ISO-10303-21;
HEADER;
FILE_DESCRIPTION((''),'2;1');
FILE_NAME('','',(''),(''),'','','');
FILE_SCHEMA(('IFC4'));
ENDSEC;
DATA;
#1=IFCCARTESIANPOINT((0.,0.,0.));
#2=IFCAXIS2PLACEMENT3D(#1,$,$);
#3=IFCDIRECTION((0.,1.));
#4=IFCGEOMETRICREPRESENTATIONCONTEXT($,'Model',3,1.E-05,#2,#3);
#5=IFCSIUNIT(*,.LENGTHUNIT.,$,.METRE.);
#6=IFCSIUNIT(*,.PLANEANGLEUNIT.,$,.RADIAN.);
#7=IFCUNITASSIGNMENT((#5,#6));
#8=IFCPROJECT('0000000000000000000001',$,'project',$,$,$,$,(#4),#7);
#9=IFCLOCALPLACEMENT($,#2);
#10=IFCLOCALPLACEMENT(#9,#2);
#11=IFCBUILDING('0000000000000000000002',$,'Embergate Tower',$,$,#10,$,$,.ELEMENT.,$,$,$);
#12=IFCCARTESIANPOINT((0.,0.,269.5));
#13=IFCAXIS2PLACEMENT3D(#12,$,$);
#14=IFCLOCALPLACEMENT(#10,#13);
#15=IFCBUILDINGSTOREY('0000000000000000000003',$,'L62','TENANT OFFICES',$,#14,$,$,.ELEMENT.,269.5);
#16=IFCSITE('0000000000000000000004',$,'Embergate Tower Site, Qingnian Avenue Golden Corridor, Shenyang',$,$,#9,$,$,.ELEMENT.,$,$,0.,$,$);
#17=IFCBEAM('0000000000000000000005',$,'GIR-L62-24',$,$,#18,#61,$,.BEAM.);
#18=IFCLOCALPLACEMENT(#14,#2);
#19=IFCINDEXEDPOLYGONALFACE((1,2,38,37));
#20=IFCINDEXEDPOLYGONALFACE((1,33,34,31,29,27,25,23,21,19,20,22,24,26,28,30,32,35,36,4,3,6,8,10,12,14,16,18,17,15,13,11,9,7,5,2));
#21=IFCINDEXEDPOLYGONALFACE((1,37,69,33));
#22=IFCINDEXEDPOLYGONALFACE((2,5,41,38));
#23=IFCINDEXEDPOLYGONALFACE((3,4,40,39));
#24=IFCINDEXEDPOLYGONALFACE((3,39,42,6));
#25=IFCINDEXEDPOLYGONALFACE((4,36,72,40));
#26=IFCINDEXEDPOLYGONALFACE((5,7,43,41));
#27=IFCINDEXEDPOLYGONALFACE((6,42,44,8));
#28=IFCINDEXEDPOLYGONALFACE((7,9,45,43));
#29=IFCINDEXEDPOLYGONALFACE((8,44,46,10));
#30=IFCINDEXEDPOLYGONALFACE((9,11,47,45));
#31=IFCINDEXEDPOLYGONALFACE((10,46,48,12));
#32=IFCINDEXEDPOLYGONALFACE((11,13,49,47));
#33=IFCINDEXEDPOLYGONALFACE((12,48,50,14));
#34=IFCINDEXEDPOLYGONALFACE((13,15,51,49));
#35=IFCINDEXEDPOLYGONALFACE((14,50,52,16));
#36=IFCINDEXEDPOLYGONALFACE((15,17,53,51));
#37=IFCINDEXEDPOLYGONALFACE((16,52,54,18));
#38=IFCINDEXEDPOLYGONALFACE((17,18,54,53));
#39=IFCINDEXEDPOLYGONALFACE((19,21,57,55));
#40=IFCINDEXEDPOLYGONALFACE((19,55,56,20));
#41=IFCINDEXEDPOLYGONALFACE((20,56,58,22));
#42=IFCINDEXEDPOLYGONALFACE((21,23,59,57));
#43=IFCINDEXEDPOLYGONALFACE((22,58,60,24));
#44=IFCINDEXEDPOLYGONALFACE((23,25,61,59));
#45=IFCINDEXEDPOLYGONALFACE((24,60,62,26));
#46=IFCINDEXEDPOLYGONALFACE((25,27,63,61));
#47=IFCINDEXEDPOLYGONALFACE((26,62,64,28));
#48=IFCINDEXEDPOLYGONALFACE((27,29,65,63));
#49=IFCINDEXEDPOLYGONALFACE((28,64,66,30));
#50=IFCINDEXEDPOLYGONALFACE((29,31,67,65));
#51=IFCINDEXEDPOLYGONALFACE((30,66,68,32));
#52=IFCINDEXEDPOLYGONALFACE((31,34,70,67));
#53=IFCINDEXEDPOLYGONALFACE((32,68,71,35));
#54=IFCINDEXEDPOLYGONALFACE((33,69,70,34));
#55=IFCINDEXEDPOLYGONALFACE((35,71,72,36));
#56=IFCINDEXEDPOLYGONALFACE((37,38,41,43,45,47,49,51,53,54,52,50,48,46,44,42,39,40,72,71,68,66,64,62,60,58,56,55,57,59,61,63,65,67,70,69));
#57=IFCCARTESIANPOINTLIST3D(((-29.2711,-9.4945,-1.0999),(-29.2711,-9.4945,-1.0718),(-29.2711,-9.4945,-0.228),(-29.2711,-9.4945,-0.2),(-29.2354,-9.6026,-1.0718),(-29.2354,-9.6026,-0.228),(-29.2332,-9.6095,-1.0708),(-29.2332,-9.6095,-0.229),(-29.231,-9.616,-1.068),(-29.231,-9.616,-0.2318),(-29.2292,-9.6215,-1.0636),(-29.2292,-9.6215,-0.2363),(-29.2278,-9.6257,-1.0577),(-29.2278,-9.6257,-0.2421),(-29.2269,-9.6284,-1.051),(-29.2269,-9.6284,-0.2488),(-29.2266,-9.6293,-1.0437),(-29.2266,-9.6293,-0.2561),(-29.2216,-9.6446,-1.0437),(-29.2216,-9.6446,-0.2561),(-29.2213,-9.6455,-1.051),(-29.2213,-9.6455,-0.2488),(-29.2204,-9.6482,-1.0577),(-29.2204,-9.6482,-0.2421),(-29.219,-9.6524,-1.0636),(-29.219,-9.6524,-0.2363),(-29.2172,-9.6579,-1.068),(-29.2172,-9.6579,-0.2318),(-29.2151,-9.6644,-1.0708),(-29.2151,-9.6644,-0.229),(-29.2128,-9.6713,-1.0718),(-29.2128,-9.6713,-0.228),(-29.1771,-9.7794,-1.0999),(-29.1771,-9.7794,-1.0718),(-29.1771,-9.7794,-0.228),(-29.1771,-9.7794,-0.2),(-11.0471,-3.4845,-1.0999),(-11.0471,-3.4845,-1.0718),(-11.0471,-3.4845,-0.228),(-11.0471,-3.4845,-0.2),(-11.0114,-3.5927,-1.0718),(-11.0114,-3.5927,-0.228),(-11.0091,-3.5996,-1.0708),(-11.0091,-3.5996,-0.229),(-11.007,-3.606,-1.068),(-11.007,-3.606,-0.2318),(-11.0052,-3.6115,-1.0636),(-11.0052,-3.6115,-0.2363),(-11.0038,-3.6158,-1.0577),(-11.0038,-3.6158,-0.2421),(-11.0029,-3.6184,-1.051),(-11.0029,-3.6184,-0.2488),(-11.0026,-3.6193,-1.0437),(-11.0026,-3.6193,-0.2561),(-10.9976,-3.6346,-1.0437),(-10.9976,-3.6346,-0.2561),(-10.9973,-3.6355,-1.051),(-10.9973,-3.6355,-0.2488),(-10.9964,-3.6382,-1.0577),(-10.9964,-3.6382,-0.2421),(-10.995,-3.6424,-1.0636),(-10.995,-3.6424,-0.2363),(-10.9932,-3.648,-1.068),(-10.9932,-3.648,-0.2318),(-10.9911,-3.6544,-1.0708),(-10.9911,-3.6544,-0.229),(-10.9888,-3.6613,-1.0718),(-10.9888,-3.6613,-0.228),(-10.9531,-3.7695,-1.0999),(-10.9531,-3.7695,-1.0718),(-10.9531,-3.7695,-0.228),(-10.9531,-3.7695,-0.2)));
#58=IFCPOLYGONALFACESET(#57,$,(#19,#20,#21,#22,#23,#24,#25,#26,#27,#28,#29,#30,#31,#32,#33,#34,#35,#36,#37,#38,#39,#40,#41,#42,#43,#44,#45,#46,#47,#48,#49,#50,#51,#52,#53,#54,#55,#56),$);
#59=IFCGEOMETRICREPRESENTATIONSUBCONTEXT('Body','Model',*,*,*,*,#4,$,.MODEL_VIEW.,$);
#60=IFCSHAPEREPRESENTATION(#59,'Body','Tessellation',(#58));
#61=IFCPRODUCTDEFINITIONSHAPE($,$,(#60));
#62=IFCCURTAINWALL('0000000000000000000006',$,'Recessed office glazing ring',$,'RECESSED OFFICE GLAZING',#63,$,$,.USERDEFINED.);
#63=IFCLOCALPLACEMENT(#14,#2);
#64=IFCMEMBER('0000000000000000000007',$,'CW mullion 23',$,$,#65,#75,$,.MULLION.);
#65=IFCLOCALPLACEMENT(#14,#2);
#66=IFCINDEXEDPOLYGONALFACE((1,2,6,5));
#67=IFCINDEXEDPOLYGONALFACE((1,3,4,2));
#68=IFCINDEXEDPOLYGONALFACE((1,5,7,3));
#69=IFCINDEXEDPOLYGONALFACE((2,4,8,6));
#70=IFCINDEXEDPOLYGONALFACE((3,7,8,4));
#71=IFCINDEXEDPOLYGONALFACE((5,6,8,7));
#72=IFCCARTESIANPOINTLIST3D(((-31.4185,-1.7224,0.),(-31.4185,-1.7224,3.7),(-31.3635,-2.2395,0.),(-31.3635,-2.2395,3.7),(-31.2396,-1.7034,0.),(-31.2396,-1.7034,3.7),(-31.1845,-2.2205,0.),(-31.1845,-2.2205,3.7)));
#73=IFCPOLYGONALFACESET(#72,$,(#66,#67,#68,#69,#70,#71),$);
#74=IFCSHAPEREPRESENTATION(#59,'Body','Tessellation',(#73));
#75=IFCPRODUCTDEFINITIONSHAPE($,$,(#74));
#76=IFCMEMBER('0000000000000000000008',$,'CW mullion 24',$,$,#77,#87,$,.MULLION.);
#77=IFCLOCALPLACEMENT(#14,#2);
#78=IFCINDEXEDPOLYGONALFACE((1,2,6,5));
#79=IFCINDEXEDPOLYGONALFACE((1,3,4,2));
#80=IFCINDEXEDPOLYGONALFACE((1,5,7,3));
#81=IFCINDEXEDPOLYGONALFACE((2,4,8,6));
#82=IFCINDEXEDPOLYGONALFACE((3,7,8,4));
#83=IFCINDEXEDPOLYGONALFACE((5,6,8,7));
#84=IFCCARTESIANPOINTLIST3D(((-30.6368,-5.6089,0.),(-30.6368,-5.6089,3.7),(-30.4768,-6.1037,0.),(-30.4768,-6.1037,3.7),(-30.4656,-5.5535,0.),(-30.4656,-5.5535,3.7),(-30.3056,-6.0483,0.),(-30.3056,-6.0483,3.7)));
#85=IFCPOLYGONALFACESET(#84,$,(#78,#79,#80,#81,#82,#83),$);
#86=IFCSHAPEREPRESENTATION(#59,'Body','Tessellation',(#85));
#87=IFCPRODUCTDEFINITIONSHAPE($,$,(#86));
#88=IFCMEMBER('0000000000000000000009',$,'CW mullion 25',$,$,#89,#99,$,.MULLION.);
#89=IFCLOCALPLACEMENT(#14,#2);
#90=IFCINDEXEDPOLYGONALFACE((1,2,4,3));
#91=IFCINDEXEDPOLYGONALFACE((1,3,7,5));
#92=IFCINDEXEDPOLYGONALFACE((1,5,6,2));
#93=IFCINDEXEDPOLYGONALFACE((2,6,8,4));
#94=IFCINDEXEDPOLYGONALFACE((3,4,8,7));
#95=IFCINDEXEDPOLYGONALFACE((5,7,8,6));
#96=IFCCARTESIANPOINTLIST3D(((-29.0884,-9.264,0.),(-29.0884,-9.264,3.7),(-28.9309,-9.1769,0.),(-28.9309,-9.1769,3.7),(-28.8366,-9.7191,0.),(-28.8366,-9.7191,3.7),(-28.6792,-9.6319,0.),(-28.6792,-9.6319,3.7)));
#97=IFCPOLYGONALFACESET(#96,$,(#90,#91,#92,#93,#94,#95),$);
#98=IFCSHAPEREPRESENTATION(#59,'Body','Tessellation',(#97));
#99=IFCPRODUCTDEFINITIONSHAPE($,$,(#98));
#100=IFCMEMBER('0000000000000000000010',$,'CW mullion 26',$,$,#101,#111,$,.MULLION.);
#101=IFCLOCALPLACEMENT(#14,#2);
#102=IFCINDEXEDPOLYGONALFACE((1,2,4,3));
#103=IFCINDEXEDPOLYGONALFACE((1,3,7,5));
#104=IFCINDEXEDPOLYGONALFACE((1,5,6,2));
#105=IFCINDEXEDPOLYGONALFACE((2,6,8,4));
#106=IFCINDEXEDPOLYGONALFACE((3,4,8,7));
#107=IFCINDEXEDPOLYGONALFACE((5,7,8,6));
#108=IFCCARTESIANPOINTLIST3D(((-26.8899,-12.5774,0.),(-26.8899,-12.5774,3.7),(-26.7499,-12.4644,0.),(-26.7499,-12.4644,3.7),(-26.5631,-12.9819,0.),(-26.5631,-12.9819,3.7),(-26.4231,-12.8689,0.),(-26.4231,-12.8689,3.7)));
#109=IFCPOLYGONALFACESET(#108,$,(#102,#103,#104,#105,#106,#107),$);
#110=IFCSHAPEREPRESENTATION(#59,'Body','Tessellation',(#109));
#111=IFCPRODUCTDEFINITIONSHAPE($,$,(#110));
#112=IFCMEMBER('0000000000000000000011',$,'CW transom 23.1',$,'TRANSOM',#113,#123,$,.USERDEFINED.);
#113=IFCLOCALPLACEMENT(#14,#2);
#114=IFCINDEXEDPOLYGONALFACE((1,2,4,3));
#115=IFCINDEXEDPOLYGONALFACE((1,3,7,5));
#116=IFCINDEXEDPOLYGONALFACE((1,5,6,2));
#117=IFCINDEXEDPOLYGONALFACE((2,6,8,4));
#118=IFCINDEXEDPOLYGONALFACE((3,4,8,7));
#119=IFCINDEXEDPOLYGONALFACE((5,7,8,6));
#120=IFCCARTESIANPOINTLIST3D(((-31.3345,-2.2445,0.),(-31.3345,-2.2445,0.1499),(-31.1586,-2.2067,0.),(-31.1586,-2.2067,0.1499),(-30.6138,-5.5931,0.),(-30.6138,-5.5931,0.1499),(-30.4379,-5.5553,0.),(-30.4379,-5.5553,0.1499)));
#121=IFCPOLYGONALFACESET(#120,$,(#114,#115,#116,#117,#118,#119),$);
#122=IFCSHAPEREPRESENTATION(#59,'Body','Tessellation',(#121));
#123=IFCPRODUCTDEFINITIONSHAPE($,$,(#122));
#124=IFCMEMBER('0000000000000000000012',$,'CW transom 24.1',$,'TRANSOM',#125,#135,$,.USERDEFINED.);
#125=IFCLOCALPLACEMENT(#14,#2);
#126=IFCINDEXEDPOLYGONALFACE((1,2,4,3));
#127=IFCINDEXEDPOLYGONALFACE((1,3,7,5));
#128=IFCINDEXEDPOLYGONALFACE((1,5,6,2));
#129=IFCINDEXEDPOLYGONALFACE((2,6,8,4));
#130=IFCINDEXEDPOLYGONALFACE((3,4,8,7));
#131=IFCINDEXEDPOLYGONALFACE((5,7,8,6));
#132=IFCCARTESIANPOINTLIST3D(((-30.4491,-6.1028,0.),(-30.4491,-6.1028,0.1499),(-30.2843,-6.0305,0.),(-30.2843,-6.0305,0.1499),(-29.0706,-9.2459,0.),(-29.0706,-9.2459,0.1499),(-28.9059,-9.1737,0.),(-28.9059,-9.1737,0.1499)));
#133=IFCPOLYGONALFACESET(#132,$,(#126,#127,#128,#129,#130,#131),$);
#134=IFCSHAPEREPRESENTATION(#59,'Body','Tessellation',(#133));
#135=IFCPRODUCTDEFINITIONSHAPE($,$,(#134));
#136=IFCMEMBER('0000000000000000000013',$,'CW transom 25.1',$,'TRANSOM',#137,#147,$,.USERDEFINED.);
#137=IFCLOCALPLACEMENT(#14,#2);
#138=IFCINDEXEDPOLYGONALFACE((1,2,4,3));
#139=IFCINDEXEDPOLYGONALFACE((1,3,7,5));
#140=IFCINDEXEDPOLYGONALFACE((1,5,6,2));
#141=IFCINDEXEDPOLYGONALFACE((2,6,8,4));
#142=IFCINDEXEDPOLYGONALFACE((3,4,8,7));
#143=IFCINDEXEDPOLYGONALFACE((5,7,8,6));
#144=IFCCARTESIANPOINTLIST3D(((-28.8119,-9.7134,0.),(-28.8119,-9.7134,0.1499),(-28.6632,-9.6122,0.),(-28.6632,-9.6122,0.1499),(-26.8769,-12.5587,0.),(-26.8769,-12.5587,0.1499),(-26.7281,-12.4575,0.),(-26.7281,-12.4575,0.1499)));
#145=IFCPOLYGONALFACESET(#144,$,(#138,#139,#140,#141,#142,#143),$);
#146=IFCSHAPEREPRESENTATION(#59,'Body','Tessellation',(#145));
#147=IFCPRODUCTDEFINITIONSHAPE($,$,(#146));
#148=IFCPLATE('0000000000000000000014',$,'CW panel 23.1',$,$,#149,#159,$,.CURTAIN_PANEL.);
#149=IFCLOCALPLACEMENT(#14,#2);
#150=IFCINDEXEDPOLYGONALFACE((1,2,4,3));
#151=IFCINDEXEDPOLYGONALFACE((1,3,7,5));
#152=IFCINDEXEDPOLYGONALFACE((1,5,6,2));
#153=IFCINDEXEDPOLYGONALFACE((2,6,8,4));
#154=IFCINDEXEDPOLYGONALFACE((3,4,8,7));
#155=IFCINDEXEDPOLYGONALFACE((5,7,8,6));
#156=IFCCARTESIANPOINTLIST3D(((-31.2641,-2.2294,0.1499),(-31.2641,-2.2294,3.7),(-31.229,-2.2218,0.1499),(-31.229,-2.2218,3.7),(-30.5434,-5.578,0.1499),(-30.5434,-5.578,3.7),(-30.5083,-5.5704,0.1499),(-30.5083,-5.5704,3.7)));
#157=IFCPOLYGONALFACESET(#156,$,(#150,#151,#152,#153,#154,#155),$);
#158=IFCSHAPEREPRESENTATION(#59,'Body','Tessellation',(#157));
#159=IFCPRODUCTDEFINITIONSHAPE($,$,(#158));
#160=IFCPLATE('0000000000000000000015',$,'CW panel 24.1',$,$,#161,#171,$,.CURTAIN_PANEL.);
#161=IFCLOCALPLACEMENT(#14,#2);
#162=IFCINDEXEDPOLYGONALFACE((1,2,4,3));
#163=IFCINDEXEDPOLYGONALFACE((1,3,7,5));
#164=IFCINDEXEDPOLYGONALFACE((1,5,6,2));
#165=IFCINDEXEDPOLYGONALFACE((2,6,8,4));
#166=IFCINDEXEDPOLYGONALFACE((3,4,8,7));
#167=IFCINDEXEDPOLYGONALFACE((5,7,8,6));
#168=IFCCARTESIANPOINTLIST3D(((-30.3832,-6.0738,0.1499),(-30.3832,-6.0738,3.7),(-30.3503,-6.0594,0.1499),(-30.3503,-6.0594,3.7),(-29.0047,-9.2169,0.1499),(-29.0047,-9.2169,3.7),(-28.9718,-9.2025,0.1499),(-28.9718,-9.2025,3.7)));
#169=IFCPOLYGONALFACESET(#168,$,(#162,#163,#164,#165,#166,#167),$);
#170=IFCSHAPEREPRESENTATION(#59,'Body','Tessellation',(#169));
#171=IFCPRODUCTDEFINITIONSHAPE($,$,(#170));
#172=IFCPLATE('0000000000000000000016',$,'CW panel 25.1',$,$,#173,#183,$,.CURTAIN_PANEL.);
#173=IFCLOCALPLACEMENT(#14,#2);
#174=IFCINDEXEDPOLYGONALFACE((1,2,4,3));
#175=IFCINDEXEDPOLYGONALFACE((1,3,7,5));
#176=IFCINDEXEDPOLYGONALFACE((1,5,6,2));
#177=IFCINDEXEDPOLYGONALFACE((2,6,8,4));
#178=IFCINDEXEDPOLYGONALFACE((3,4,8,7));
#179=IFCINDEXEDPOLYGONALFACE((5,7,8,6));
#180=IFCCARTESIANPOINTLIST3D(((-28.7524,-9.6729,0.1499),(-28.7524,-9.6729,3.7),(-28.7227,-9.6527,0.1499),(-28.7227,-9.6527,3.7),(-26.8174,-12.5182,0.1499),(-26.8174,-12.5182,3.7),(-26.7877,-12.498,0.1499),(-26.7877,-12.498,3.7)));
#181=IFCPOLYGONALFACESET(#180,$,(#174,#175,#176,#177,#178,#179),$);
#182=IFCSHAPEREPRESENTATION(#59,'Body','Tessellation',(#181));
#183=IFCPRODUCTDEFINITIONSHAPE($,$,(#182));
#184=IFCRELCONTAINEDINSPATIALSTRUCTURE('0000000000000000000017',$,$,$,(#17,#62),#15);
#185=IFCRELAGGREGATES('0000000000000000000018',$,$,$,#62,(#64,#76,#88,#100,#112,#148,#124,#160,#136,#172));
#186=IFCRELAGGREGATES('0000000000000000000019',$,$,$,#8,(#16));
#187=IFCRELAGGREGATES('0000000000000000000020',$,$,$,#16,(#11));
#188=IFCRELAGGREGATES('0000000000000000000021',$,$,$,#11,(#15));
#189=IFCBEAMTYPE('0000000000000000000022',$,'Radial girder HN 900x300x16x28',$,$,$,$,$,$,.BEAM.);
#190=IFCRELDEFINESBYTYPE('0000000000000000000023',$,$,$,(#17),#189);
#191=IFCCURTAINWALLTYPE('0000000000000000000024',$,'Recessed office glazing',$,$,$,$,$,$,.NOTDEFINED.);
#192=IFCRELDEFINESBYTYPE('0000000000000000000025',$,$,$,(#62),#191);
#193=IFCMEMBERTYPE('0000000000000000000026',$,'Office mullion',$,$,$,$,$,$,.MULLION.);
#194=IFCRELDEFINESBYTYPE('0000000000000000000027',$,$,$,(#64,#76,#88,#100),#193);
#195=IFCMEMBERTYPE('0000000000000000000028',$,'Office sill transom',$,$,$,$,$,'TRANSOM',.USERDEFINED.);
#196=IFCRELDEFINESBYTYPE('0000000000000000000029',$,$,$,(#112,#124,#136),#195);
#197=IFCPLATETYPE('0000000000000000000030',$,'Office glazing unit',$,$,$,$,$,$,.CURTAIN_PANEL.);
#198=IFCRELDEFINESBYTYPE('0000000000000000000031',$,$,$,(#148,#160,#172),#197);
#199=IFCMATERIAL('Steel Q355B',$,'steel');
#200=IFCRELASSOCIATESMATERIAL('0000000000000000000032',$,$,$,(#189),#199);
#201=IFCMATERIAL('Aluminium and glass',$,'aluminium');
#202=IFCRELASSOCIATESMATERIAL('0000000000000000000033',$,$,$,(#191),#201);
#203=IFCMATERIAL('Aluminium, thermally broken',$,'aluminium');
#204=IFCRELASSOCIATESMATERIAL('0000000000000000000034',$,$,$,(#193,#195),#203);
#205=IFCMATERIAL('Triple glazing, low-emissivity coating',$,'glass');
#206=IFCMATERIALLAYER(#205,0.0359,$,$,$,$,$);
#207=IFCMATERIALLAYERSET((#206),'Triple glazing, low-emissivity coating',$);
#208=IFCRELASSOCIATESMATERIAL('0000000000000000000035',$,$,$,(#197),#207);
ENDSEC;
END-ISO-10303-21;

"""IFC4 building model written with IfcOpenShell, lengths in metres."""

from ifc_helpers import new_model, si_unit, direction, frame, origin, origin_2d, place, context, subcontext, project, spatial, rectangle, i_section, extrude, source, transform, mapped, material, layer, layer_set, material_profile, profile_set, type_object, element, aggregate, save


model = new_model("IFC4")

# Units and contexts
model_context = context("Model", 3, precision=1e-05, world=origin(), true_north=direction((0.0, 1.0)))
body_context = subcontext(model_context, "Body", "Model", "MODEL_VIEW")
ifc_project = project(units=[si_unit("LENGTHUNIT", "METRE"), si_unit("PLANEANGLEUNIT", "RADIAN")], contexts=[model_context])

# Site, building, storey
site_placement = place(None, origin())
site = spatial("IfcSite", under=ifc_project, at=site_placement, Name="Embergate Tower Site, Qingnian Avenue Golden Corridor, Shenyang", CompositionType="ELEMENT", RefElevation=0.0)
building_placement = place(site_placement, origin())
building = spatial("IfcBuilding", under=site, at=building_placement, Name="Embergate Tower", CompositionType="ELEMENT")
storey_placement = place(building_placement, frame((0.0, 0.0, 269.5)))
storey = spatial("IfcBuildingStorey", under=building, at=storey_placement, Name="L62", Description="TENANT OFFICES", CompositionType="ELEMENT", Elevation=269.5)

# Beam
ifc_material_1 = material(Name="Steel Q355B", Category="steel")
ifc_material_profile_1 = material_profile(ifc_material_1, i_section(OverallWidth=0.3, OverallDepth=0.8999, WebThickness=0.0161, FlangeThickness=0.0281, FilletRadius=0.0281, at=origin_2d()), Name="HN 900x300x16x28")
ifc_profile_set_1 = profile_set([ifc_material_profile_1], Name="Steel Q355 grade B")
beam_type_1 = type_object("IfcBeamType", Name="Radial girder HN 900x300x16x28", PredefinedType="BEAM", material=ifc_profile_set_1)
shared_shape_1 = source(origin(), body_context, "Body", "SweptSolid", [
    extrude(i_section(OverallWidth=0.3, OverallDepth=0.8999, WebThickness=0.0161, FlangeThickness=0.0281, FilletRadius=0.0281, at=origin_2d()), origin(), (0.0, 0.0, 1.0), 19.1895),
])
beam_1_placement = place(storey_placement, frame((-29.2241, -9.637, -0.6499), z_axis=(0.94969, 0.313192, 0.0), x_axis=(-0.313192, 0.94969, 0.0)))
element("IfcBeam", 1, at=beam_1_placement, inside=storey, type_object=beam_type_1, Name="GIR-L62-24", PredefinedType="BEAM", context=body_context, shape_type="MappedRepresentation", body=[
    mapped(shared_shape_1, transform((0.0, 0.0, 0.0))),
])

# Curtain wall, members, plates
ifc_material_2 = material(Name="Aluminium and glass", Category="aluminium")
curtain_wall_type = type_object("IfcCurtainWallType", Name="Recessed office glazing", PredefinedType="NOTDEFINED", material=ifc_material_2)
curtain_wall_placement = place(storey_placement, origin())
curtain_wall = element("IfcCurtainWall", 2, at=curtain_wall_placement, inside=storey, type_object=curtain_wall_type, Name="Recessed office glazing ring", ObjectType="RECESSED OFFICE GLAZING", PredefinedType="USERDEFINED")
ifc_material_3 = material(Name="Aluminium, thermally broken", Category="aluminium")
ifc_material_profile_2 = material_profile(ifc_material_3, rectangle(XDim=0.1799, YDim=0.52, at=origin_2d()), Name="AL 520x180")
ifc_profile_set_2 = profile_set([ifc_material_profile_2], Name="Aluminium, thermally broken")
member_type_1 = type_object("IfcMemberType", Name="Office mullion", PredefinedType="MULLION", material=ifc_profile_set_2)
shared_shape_2 = source(origin(), body_context, "Body", "SweptSolid", [
    extrude(rectangle(XDim=0.1799, YDim=0.52, at=origin_2d()), origin(), (0.0, 0.0, 1.0), 3.7),
])
member_1_placement = place(storey_placement, frame((-31.3015, -1.9714, 0.0), z_axis=(0.0, 0.0, 1.0), x_axis=(0.994384, 0.10583, 0.0)))
member_1 = element("IfcMember", 3, at=member_1_placement, type_object=member_type_1, Name="CW mullion 23", PredefinedType="MULLION", context=body_context, shape_type="MappedRepresentation", body=[
    mapped(shared_shape_2, transform((0.0, 0.0, 0.0))),
])
member_2_placement = place(storey_placement, frame((-30.4712, -5.8286, 0.0), z_axis=(0.0, 0.0, 1.0), x_axis=(0.951493, 0.307671, 0.0)))
member_2 = element("IfcMember", 4, at=member_2_placement, type_object=member_type_1, Name="CW mullion 24", PredefinedType="MULLION", context=body_context, shape_type="MappedRepresentation", body=[
    mapped(shared_shape_2, transform((0.0, 0.0, 0.0))),
])
member_3_placement = place(storey_placement, frame((-28.8838, -9.448, 0.0), z_axis=(0.0, 0.0, 1.0), x_axis=(0.874993, 0.484136, 0.0)))
member_3 = element("IfcMember", 5, at=member_3_placement, type_object=member_type_1, Name="CW mullion 25", PredefinedType="MULLION", context=body_context, shape_type="MappedRepresentation", body=[
    mapped(shared_shape_2, transform((0.0, 0.0, 0.0))),
])
member_4_placement = place(storey_placement, frame((-26.6565, -12.7231, 0.0), z_axis=(0.0, 0.0, 1.0), x_axis=(0.777862, 0.628436, 0.0)))
member_4 = element("IfcMember", 6, at=member_4_placement, type_object=member_type_1, Name="CW mullion 26", PredefinedType="MULLION", context=body_context, shape_type="MappedRepresentation", body=[
    mapped(shared_shape_2, transform((0.0, 0.0, 0.0))),
])
ifc_material_profile_3 = material_profile(ifc_material_3, rectangle(XDim=0.1799, YDim=0.1499, at=origin_2d()), Name="AL 150x180")
ifc_profile_set_3 = profile_set([ifc_material_profile_3], Name="Aluminium, thermally broken")
member_type_2 = type_object("IfcMemberType", Name="Office sill transom", ElementType="TRANSOM", PredefinedType="USERDEFINED", material=ifc_profile_set_3)
shared_shape_3 = source(origin(), body_context, "Body", "SweptSolid", [
    extrude(rectangle(XDim=0.1799, YDim=0.1499, at=origin_2d()), origin(), (0.0, 0.0, 1.0), 3.4253),
])
member_5_placement = place(storey_placement, frame((-31.2466, -2.2256, 0.075), z_axis=(0.210405, -0.977614, 0.0), x_axis=(0.977614, 0.210405, 0.0)))
member_5 = element("IfcMember", 7, at=member_5_placement, type_object=member_type_2, Name="CW transom 23.1", ObjectType="TRANSOM", PredefinedType="USERDEFINED", context=body_context, shape_type="MappedRepresentation", body=[
    mapped(shared_shape_3, transform((0.0, 0.0, 0.0))),
])
shared_shape_4 = source(origin(), body_context, "Body", "SweptSolid", [
    extrude(rectangle(XDim=0.1799, YDim=0.1499, at=origin_2d()), origin(), (0.0, 0.0, 1.0), 3.4321),
])
member_6_placement = place(storey_placement, frame((-30.3667, -6.0667, 0.075), z_axis=(0.401632, -0.915801, 0.0), x_axis=(0.915801, 0.401632, 0.0)))
member_6 = element("IfcMember", 8, at=member_6_placement, type_object=member_type_2, Name="CW transom 24.1", ObjectType="TRANSOM", PredefinedType="USERDEFINED", context=body_context, shape_type="MappedRepresentation", body=[
    mapped(shared_shape_4, transform((0.0, 0.0, 0.0))),
])
shared_shape_5 = source(origin(), body_context, "Body", "SweptSolid", [
    extrude(rectangle(XDim=0.1799, YDim=0.1499, at=origin_2d()), origin(), (0.0, 0.0, 1.0), 3.4409),
])
member_7_placement = place(storey_placement, frame((-28.7375, -9.6628, 0.075), z_axis=(0.562372, -0.826884, 0.0), x_axis=(0.826884, 0.562372, 0.0)))
member_7 = element("IfcMember", 9, at=member_7_placement, type_object=member_type_2, Name="CW transom 25.1", ObjectType="TRANSOM", PredefinedType="USERDEFINED", context=body_context, shape_type="MappedRepresentation", body=[
    mapped(shared_shape_5, transform((0.0, 0.0, 0.0))),
])
ifc_material_4 = material(Name="Triple glazing, low-emissivity coating", Category="glass")
ifc_layer_1 = layer(ifc_material_4, 0.0359)
ifc_layer_set_1 = layer_set([ifc_layer_1], Name="Triple glazing, low-emissivity coating")
plate_type = type_object("IfcPlateType", Name="Office glazing unit", PredefinedType="CURTAIN_PANEL", material=ifc_layer_set_1)
shared_shape_6 = source(origin(), body_context, "Body", "SweptSolid", [
    extrude(rectangle(XDim=3.4253, YDim=0.0359, at=origin_2d()), origin(), (0.0, 0.0, 1.0), 3.55),
])
plate_1_placement = place(storey_placement, frame((-30.8862, -3.8999, 0.1499), z_axis=(0.0, 0.0, 1.0), x_axis=(0.210402, -0.977615, 0.0)))
plate_1 = element("IfcPlate", 10, at=plate_1_placement, type_object=plate_type, Name="CW panel 23.1", PredefinedType="CURTAIN_PANEL", context=body_context, shape_type="MappedRepresentation", body=[
    mapped(shared_shape_6, transform((0.0, 0.0, 0.0))),
])
shared_shape_7 = source(origin(), body_context, "Body", "SweptSolid", [
    extrude(rectangle(XDim=3.4321, YDim=0.0359, at=origin_2d()), origin(), (0.0, 0.0, 1.0), 3.55),
])
plate_2_placement = place(storey_placement, frame((-29.6775, -7.6382, 0.1499), z_axis=(0.0, 0.0, 1.0), x_axis=(0.401658, -0.91579, 0.0)))
plate_2 = element("IfcPlate", 11, at=plate_2_placement, type_object=plate_type, Name="CW panel 24.1", PredefinedType="CURTAIN_PANEL", context=body_context, shape_type="MappedRepresentation", body=[
    mapped(shared_shape_7, transform((0.0, 0.0, 0.0))),
])
shared_shape_8 = source(origin(), body_context, "Body", "SweptSolid", [
    extrude(rectangle(XDim=3.4409, YDim=0.0359, at=origin_2d()), origin(), (0.0, 0.0, 1.0), 3.55),
])
plate_3_placement = place(storey_placement, frame((-27.77, -11.0854, 0.1499), z_axis=(0.0, 0.0, 1.0), x_axis=(0.562349, -0.8269, 0.0)))
plate_3 = element("IfcPlate", 12, at=plate_3_placement, type_object=plate_type, Name="CW panel 25.1", PredefinedType="CURTAIN_PANEL", context=body_context, shape_type="MappedRepresentation", body=[
    mapped(shared_shape_8, transform((0.0, 0.0, 0.0))),
])
aggregate(curtain_wall, [member_1, member_2, member_3, member_4, member_5, plate_1, member_6, plate_2, member_7, plate_3])

save(model, "model.ifc")
